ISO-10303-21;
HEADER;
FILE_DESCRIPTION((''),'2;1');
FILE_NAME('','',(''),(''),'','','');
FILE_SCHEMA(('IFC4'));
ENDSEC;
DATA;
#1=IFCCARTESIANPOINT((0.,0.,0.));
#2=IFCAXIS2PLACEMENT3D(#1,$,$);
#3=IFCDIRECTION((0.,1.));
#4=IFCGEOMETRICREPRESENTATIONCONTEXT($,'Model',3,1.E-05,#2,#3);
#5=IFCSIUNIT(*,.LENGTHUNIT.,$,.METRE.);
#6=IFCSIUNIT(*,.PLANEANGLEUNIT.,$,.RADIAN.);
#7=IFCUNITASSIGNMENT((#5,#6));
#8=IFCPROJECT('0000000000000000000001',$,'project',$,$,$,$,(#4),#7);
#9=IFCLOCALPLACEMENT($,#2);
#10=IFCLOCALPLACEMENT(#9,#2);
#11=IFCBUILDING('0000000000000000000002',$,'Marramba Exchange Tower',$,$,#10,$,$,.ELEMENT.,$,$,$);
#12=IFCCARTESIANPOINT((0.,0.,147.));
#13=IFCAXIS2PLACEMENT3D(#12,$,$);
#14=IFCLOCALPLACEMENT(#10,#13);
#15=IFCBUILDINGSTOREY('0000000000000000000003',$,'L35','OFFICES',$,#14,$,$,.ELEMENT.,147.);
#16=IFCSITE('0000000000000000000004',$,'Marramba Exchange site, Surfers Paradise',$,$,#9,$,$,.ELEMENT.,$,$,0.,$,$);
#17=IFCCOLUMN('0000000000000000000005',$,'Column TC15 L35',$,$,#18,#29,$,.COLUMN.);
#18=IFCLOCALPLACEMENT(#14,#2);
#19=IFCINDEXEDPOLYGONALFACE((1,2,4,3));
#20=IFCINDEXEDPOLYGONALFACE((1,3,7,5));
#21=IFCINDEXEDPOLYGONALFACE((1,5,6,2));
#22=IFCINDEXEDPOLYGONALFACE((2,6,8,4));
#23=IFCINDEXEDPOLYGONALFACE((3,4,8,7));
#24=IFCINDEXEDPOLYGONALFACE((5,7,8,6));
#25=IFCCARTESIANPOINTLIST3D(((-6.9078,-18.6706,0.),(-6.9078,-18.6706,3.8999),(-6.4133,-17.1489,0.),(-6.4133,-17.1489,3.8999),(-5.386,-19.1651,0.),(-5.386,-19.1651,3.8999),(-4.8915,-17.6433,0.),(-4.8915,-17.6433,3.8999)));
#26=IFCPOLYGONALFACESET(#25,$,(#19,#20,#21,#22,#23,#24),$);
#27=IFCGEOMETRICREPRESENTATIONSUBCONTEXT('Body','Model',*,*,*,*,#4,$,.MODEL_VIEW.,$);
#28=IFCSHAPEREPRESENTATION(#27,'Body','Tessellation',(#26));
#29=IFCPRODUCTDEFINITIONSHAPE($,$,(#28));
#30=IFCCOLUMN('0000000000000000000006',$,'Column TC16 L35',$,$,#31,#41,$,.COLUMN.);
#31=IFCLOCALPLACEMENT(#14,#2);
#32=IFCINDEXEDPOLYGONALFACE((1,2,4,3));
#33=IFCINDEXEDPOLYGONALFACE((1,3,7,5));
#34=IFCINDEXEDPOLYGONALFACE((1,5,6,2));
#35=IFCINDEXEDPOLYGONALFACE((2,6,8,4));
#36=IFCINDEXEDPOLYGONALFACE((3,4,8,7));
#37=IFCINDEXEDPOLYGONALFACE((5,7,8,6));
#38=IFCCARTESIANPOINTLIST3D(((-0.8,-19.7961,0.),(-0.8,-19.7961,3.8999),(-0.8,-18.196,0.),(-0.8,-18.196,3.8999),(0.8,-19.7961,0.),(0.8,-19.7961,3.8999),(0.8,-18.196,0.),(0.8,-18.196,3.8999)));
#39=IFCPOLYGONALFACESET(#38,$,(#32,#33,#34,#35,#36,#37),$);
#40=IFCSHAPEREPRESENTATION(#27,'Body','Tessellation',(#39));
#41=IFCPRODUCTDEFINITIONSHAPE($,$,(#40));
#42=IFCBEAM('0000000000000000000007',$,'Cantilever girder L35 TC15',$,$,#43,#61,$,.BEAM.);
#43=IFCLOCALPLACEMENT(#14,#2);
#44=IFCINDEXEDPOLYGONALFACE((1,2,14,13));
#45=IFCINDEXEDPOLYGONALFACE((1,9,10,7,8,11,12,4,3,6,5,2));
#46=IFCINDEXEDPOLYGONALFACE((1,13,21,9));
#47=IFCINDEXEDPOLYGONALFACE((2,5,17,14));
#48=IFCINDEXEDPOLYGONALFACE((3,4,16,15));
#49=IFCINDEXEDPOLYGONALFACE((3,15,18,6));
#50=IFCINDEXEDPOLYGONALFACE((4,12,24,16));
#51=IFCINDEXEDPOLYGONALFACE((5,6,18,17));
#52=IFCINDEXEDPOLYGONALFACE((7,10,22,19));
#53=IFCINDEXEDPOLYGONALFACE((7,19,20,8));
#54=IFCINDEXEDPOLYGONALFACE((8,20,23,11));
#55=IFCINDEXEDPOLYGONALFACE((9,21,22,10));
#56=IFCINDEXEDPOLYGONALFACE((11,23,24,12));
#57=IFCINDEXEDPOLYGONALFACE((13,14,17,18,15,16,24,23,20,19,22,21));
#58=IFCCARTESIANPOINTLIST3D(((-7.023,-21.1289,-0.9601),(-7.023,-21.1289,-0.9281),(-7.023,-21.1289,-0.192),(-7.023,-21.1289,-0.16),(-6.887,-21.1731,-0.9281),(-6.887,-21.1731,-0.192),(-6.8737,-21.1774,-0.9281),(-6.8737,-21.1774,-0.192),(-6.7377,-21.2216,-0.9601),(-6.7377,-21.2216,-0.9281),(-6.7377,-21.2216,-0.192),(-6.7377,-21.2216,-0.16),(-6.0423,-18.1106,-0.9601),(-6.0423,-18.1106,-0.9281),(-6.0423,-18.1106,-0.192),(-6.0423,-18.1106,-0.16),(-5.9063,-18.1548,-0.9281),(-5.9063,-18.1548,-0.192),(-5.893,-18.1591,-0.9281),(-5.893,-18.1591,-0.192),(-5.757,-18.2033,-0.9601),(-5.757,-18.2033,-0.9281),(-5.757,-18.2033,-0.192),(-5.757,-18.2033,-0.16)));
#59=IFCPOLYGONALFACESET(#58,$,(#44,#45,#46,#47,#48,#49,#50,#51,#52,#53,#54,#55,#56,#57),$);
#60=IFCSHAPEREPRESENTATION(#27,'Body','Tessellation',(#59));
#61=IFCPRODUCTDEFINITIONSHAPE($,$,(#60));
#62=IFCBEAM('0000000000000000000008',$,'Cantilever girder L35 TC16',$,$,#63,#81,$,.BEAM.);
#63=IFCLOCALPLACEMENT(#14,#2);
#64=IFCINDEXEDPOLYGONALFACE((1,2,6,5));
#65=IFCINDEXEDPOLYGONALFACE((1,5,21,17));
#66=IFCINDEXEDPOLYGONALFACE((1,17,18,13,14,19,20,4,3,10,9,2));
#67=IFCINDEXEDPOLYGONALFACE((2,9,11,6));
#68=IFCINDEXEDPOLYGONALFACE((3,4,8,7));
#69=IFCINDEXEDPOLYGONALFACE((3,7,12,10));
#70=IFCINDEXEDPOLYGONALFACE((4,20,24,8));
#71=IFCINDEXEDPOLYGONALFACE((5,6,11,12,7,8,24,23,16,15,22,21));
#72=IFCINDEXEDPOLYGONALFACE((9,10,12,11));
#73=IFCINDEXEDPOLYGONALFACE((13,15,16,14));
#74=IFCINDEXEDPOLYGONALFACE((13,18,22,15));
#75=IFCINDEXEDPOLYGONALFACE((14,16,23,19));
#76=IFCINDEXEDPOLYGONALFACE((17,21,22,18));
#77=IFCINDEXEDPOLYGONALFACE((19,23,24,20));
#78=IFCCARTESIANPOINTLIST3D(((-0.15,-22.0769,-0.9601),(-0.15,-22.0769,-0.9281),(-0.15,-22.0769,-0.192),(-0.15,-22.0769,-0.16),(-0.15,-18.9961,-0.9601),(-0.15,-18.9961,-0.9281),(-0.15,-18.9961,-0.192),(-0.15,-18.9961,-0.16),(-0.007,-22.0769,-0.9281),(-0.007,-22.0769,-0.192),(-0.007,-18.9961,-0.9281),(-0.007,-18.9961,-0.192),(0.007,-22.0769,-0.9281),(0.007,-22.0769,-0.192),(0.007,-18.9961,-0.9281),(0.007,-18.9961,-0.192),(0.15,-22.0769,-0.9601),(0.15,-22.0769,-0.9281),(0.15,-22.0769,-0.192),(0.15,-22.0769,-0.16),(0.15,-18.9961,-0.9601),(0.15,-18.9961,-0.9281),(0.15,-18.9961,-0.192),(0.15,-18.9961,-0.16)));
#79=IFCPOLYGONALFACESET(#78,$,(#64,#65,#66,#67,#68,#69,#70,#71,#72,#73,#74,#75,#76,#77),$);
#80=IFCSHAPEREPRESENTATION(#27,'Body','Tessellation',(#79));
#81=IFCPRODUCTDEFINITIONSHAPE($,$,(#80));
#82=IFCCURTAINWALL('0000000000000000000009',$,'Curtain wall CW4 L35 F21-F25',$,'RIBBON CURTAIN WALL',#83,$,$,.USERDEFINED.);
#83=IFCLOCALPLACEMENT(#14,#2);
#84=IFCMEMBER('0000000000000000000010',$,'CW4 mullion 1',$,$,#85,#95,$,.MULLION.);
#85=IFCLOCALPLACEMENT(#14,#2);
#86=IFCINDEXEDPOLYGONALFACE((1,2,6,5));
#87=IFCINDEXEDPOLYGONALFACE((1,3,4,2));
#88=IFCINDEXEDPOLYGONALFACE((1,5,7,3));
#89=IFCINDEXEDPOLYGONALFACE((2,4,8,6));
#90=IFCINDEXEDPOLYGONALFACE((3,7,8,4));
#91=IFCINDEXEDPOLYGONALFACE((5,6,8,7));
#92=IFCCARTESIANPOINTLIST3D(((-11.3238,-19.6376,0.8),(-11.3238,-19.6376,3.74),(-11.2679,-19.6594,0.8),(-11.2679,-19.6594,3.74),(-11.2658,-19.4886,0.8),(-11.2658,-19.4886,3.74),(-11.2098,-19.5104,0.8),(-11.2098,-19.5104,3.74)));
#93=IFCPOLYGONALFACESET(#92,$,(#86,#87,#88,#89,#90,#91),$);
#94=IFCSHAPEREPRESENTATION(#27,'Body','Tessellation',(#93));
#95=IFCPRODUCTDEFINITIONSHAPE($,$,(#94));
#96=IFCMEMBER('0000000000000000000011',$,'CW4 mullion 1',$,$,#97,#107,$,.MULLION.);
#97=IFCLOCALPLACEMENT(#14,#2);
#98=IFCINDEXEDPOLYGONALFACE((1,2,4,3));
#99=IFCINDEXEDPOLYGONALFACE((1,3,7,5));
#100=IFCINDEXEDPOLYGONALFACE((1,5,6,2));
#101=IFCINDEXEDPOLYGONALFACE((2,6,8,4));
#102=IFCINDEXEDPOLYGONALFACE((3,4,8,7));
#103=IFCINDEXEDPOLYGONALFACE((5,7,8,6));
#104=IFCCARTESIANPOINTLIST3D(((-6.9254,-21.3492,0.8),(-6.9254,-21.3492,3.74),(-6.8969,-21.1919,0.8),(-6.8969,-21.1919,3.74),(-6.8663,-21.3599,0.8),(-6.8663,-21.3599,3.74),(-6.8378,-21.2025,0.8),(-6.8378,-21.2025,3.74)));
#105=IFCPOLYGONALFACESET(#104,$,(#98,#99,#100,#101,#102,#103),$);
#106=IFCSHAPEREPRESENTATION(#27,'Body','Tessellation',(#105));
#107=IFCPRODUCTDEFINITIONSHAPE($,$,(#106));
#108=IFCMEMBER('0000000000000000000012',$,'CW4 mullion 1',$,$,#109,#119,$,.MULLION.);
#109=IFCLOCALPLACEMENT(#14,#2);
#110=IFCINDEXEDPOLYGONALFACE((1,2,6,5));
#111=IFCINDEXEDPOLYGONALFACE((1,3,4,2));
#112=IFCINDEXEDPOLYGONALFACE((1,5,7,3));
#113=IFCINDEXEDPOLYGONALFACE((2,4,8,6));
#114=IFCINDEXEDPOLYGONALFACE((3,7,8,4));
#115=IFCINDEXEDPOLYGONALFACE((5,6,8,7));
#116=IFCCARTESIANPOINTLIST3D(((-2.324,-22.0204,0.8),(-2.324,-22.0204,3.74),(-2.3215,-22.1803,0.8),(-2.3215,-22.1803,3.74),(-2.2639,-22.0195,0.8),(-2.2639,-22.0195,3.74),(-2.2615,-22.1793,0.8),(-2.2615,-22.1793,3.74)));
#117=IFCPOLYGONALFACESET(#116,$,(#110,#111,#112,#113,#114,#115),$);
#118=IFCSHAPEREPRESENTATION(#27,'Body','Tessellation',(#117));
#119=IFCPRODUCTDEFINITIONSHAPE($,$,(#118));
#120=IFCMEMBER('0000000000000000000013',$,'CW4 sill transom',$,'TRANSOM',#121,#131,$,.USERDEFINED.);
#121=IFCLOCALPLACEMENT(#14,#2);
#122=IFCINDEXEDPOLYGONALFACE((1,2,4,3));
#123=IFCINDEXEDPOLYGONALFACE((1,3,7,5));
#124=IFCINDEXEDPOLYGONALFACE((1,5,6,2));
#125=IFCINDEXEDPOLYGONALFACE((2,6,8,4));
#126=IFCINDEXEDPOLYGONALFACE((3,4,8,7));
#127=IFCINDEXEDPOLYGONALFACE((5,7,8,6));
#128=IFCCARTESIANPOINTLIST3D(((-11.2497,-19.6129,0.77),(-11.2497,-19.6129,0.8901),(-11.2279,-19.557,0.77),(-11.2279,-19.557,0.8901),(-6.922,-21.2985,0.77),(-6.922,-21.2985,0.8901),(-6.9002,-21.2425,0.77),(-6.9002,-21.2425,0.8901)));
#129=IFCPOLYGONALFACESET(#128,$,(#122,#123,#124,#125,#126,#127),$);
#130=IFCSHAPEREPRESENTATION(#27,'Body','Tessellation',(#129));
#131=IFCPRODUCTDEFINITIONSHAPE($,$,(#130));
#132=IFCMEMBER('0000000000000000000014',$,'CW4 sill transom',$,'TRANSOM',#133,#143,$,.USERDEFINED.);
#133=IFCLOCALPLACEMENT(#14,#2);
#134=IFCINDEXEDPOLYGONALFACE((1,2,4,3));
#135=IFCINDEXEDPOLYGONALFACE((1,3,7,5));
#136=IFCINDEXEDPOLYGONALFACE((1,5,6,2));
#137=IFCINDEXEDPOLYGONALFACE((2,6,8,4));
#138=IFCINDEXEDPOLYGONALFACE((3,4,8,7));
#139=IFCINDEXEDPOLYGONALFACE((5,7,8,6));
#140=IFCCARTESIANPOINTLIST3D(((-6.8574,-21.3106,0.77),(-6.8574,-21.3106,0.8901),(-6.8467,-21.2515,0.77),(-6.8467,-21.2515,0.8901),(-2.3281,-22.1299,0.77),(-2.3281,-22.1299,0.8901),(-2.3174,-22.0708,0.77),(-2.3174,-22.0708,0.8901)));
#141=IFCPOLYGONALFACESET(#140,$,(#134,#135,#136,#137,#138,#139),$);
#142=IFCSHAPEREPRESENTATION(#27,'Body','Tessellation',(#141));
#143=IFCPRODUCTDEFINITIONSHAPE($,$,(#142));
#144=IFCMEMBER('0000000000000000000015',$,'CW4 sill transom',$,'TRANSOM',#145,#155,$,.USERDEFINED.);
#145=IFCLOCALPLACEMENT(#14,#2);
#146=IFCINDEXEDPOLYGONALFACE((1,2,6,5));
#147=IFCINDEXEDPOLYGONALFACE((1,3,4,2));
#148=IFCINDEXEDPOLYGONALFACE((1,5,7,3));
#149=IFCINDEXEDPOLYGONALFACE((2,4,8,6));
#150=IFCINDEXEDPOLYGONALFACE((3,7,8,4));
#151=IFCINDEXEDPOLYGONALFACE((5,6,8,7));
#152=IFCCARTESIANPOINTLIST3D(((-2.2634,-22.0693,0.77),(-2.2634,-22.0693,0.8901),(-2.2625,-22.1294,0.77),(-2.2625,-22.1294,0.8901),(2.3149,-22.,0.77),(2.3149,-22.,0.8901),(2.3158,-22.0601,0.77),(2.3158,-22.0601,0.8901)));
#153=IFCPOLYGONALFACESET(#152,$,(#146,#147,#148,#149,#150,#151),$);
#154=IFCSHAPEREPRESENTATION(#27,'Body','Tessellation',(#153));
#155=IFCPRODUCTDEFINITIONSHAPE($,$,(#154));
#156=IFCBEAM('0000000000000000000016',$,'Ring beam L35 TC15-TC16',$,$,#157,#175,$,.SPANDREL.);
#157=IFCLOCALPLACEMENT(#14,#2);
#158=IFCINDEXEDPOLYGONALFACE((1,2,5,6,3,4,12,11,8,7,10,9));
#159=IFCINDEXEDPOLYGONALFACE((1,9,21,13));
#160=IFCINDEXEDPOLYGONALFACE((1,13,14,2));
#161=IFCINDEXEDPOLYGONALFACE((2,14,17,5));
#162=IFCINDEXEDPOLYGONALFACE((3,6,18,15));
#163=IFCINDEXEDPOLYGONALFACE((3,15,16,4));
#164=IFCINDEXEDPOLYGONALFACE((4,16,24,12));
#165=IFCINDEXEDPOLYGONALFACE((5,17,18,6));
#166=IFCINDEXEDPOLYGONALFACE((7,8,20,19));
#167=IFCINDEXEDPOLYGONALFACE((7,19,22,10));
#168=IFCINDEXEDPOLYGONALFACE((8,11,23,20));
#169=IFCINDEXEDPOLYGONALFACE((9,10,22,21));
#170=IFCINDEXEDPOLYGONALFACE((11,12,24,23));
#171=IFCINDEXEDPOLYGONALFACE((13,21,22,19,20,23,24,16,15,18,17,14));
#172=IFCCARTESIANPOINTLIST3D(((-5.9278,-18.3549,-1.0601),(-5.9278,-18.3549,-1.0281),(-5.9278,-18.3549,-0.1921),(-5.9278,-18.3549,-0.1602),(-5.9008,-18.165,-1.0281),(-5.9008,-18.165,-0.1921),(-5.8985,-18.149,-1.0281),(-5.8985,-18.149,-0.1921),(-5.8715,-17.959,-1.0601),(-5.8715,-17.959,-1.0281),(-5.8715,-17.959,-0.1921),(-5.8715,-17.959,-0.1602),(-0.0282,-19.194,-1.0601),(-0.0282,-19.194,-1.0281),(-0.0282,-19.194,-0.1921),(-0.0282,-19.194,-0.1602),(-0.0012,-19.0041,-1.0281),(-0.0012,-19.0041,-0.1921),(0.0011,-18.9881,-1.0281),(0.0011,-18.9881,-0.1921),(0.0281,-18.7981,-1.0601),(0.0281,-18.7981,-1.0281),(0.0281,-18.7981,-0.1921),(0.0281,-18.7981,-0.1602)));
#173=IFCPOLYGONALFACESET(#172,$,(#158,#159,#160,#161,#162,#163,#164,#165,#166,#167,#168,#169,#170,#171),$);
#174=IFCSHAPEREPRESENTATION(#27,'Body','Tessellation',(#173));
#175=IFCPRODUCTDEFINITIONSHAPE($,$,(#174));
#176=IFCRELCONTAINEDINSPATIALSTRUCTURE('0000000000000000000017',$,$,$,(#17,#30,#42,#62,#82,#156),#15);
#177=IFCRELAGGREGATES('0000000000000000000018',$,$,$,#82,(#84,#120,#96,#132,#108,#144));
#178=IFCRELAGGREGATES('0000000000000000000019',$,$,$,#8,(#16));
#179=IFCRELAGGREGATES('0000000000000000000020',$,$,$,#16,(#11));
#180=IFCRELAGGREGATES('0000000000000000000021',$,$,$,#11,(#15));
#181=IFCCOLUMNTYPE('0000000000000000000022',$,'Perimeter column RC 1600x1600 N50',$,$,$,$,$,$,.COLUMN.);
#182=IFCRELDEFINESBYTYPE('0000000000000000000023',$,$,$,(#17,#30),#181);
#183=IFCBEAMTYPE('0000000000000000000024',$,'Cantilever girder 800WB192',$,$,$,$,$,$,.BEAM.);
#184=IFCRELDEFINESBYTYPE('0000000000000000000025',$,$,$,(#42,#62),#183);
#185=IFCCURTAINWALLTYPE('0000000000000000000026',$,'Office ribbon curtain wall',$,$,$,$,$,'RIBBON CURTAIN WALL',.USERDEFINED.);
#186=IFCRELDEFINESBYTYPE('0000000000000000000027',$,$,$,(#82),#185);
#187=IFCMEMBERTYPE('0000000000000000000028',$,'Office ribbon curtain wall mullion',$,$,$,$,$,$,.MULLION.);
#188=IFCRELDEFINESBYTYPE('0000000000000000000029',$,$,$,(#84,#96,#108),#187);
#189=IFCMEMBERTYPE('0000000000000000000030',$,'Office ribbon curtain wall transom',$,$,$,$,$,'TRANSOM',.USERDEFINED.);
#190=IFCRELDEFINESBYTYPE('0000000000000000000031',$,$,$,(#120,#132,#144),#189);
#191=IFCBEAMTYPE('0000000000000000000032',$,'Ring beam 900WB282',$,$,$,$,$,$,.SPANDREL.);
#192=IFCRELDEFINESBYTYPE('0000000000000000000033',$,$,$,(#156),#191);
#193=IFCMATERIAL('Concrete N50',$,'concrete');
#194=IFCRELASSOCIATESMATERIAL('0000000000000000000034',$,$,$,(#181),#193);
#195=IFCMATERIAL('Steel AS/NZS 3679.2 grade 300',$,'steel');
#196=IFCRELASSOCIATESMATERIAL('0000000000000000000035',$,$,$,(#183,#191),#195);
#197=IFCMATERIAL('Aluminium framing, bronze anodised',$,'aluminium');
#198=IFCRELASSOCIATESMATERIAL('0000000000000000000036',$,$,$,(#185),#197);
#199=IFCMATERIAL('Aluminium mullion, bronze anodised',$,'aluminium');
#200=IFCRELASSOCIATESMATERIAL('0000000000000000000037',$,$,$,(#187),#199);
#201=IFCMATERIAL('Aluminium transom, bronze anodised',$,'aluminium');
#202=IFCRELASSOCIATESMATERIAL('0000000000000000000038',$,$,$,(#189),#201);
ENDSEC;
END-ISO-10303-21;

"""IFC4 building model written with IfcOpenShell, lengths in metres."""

from ifc_helpers import new_model, si_unit, direction, frame, origin, origin_2d, place, context, subcontext, project, spatial, rectangle, i_section, extrude, material, material_profile, profile_set, type_object, element, aggregate, save


model = new_model("IFC4")

# Units and contexts
model_context = context("Model", 3, precision=1e-05, world=origin(), true_north=direction((0.0, 1.0)))
body_context = subcontext(model_context, "Body", "Model", "MODEL_VIEW")
ifc_project = project(units=[si_unit("LENGTHUNIT", "METRE"), si_unit("PLANEANGLEUNIT", "RADIAN")], contexts=[model_context])

# Site, building, storey
site_placement = place(None, origin())
site = spatial("IfcSite", under=ifc_project, at=site_placement, Name="Marramba Exchange site, Surfers Paradise", CompositionType="ELEMENT", RefElevation=0.0)
building_placement = place(site_placement, origin())
building = spatial("IfcBuilding", under=site, at=building_placement, Name="Marramba Exchange Tower", CompositionType="ELEMENT")
storey_placement = place(building_placement, frame((0.0, 0.0, 147.0)))
storey = spatial("IfcBuildingStorey", under=building, at=storey_placement, Name="L35", Description="OFFICES", CompositionType="ELEMENT", Elevation=147.0)

# Columns
ifc_material_1 = material(Name="Concrete N50", Category="concrete")
ifc_material_profile_1 = material_profile(ifc_material_1, rectangle(XDim=1.6001, YDim=1.6001, at=origin_2d()), Name="RC 1600x1600")
ifc_profile_set_1 = profile_set([ifc_material_profile_1], Name="Concrete N50")
column_type = type_object("IfcColumnType", Name="Perimeter column RC 1600x1600 N50", PredefinedType="COLUMN", material=ifc_profile_set_1)
for number, where, z_axis, x_axis, name in (
    (1, (-5.8997, -18.157, 0.0), (0.0, 0.0, 1.0), (-0.309017, -0.951057, 0.0), "Column TC15 L35"),
    (2, (0.0, -18.9961, 0.0), (0.0, 0.0, 1.0), (0.0, -1.0, 0.0), "Column TC16 L35"),
):
    element("IfcColumn", number, at=place(storey_placement, frame(where, z_axis=z_axis, x_axis=x_axis)), inside=storey, type_object=column_type, Name=name, PredefinedType="COLUMN", context=body_context, shape_type="SweptSolid", body=[
        extrude(rectangle(XDim=1.6001, YDim=1.6001, at=origin_2d()), origin(), (0.0, 0.0, 1.0), 3.8999),
    ])

# Beams
ifc_material_2 = material(Name="Steel AS/NZS 3679.2 grade 300", Category="steel")
ifc_material_profile_2 = material_profile(ifc_material_2, i_section(OverallWidth=0.3, OverallDepth=0.8, WebThickness=0.0139, FlangeThickness=0.032, at=origin_2d()), Name="800WB192")
ifc_profile_set_2 = profile_set([ifc_material_profile_2], Name="Steel AS/NZS 3679.2 grade 300")
beam_type_1 = type_object("IfcBeamType", Name="Cantilever girder 800WB192", PredefinedType="BEAM", material=ifc_profile_set_2)
beam_1_placement = place(storey_placement, frame((-5.8997, -18.157, -0.5601), z_axis=(-0.309018, -0.951056, 0.0), x_axis=(0.951056, -0.309018, 0.0)))
element("IfcBeam", 3, at=beam_1_placement, inside=storey, type_object=beam_type_1, Name="Cantilever girder L35 TC15", PredefinedType="BEAM", context=body_context, shape_type="SweptSolid", body=[
    extrude(i_section(OverallWidth=0.3, OverallDepth=0.8, WebThickness=0.0139, FlangeThickness=0.032, at=origin_2d()), origin(), (0.0, 0.0, 1.0), 3.1736),
])
beam_2_placement = place(storey_placement, frame((0.0, -18.9961, -0.5601), z_axis=(0.0, -1.0, 0.0), x_axis=(1.0, 0.0, 0.0)))
element("IfcBeam", 4, at=beam_2_placement, inside=storey, type_object=beam_type_1, Name="Cantilever girder L35 TC16", PredefinedType="BEAM", context=body_context, shape_type="SweptSolid", body=[
    extrude(i_section(OverallWidth=0.3, OverallDepth=0.8, WebThickness=0.0139, FlangeThickness=0.032, at=origin_2d()), origin(), (0.0, 0.0, 1.0), 3.0808),
])

# Curtain wall, members
ifc_material_3 = material(Name="Aluminium framing, bronze anodised", Category="aluminium")
curtain_wall_type = type_object("IfcCurtainWallType", Name="Office ribbon curtain wall", ElementType="RIBBON CURTAIN WALL", PredefinedType="USERDEFINED", material=ifc_material_3)
curtain_wall_1_placement = place(storey_placement, origin())
curtain_wall_1 = element("IfcCurtainWall", 5, at=curtain_wall_1_placement, inside=storey, type_object=curtain_wall_type, Name="Curtain wall CW4 L35 F21-F25", ObjectType="RIBBON CURTAIN WALL", PredefinedType="USERDEFINED")
ifc_material_4 = material(Name="Aluminium mullion, bronze anodised", Category="aluminium")
ifc_material_profile_3 = material_profile(ifc_material_4, rectangle(XDim=0.1599, YDim=0.0601, at=origin_2d()), Name="CW4 mullion 60x160")
ifc_profile_set_3 = profile_set([ifc_material_profile_3], Name="Aluminium mullion, bronze anodised")
member_type_1 = type_object("IfcMemberType", Name="Office ribbon curtain wall mullion", PredefinedType="MULLION", material=ifc_profile_set_3)
member_1_placement = place(storey_placement, frame((-11.2668, -19.574, 0.8), z_axis=(0.0, 0.0, 1.0), x_axis=(0.362925, 0.931818, 0.0)))
member_1 = element("IfcMember", 6, at=member_1_placement, type_object=member_type_1, Name="CW4 mullion 1", PredefinedType="MULLION", context=body_context, shape_type="SweptSolid", body=[
    extrude(rectangle(XDim=0.1599, YDim=0.0601, at=origin_2d()), origin(), (0.0, 0.0, 1.0), 2.9399),
])
member_2_placement = place(storey_placement, frame((-6.8816, -21.2759, 0.8), z_axis=(0.0, 0.0, 1.0), x_axis=(0.177992, 0.984032, 0.0)))
member_2 = element("IfcMember", 7, at=member_2_placement, type_object=member_type_1, Name="CW4 mullion 1", PredefinedType="MULLION", context=body_context, shape_type="SweptSolid", body=[
    extrude(rectangle(XDim=0.1599, YDim=0.0601, at=origin_2d()), origin(), (0.0, 0.0, 1.0), 2.9399),
])
member_3_placement = place(storey_placement, frame((-2.2927, -22.0999, 0.8), z_axis=(0.0, 0.0, 1.0), x_axis=(-0.015179, 0.999885, 0.0)))
member_3 = element("IfcMember", 8, at=member_3_placement, type_object=member_type_1, Name="CW4 mullion 1", PredefinedType="MULLION", context=body_context, shape_type="SweptSolid", body=[
    extrude(rectangle(XDim=0.1599, YDim=0.0601, at=origin_2d()), origin(), (0.0, 0.0, 1.0), 2.9399),
])
ifc_material_5 = material(Name="Aluminium transom, bronze anodised", Category="aluminium")
ifc_material_profile_4 = material_profile(ifc_material_5, rectangle(XDim=0.0601, YDim=0.1201, at=origin_2d()), Name="CW4 transom 60x120")
ifc_profile_set_4 = profile_set([ifc_material_profile_4], Name="Aluminium transom, bronze anodised")
member_type_2 = type_object("IfcMemberType", Name="Office ribbon curtain wall transom", ElementType="TRANSOM", PredefinedType="USERDEFINED", material=ifc_profile_set_4)
member_4_placement = place(storey_placement, frame((-11.2388, -19.585, 0.8301), z_axis=(0.931817, -0.362928, 0.0), x_axis=(0.362928, 0.931817, 0.0)))
member_4 = element("IfcMember", 9, at=member_4_placement, type_object=member_type_2, Name="CW4 sill transom", ObjectType="TRANSOM", PredefinedType="USERDEFINED", context=body_context, shape_type="SweptSolid", body=[
    extrude(rectangle(XDim=0.0601, YDim=0.1201, at=origin_2d()), origin(), (0.0, 0.0, 1.0), 4.6443),
])
member_5_placement = place(storey_placement, frame((-6.8521, -21.281, 0.8301), z_axis=(0.984029, -0.178008, 0.0), x_axis=(0.178008, 0.984029, 0.0)))
member_5 = element("IfcMember", 10, at=member_5_placement, type_object=member_type_2, Name="CW4 sill transom", ObjectType="TRANSOM", PredefinedType="USERDEFINED", context=body_context, shape_type="SweptSolid", body=[
    extrude(rectangle(XDim=0.0601, YDim=0.1201, at=origin_2d()), origin(), (0.0, 0.0, 1.0), 4.6028),
])
member_6_placement = place(storey_placement, frame((-2.2629, -22.0994, 0.8301), z_axis=(0.999885, 0.015143, 0.0), x_axis=(-0.015143, 0.999885, 0.0)))
member_6 = element("IfcMember", 11, at=member_6_placement, type_object=member_type_2, Name="CW4 sill transom", ObjectType="TRANSOM", PredefinedType="USERDEFINED", context=body_context, shape_type="SweptSolid", body=[
    extrude(rectangle(XDim=0.0601, YDim=0.1201, at=origin_2d()), origin(), (0.0, 0.0, 1.0), 4.5789),
])

# Beam
ifc_material_profile_5 = material_profile(ifc_material_2, i_section(OverallWidth=0.3999, OverallDepth=0.8999, WebThickness=0.0161, FlangeThickness=0.032, at=origin_2d()), Name="900WB282")
ifc_profile_set_5 = profile_set([ifc_material_profile_5], Name="Steel AS/NZS 3679.2 grade 300")
beam_type_2 = type_object("IfcBeamType", Name="Ring beam 900WB282", PredefinedType="SPANDREL", material=ifc_profile_set_5)
for number, where, z_axis, x_axis, name in (
    (12, (-5.8997, -18.157, -0.6101), (0.990036, -0.140813, 0.0), (0.140813, 0.990036, 0.0), "Ring beam L35 TC15-TC16"),
):
    element("IfcBeam", number, at=place(storey_placement, frame(where, z_axis=z_axis, x_axis=x_axis)), inside=storey, type_object=beam_type_2, Name=name, PredefinedType="SPANDREL", context=body_context, shape_type="SweptSolid", body=[
        extrude(i_section(OverallWidth=0.3999, OverallDepth=0.8999, WebThickness=0.0161, FlangeThickness=0.032, at=origin_2d()), origin(), (0.0, 0.0, 1.0), 5.959),
    ])

aggregate(curtain_wall_1, [member_1, member_4, member_2, member_5, member_3, member_6])

save(model, "model.ifc")
